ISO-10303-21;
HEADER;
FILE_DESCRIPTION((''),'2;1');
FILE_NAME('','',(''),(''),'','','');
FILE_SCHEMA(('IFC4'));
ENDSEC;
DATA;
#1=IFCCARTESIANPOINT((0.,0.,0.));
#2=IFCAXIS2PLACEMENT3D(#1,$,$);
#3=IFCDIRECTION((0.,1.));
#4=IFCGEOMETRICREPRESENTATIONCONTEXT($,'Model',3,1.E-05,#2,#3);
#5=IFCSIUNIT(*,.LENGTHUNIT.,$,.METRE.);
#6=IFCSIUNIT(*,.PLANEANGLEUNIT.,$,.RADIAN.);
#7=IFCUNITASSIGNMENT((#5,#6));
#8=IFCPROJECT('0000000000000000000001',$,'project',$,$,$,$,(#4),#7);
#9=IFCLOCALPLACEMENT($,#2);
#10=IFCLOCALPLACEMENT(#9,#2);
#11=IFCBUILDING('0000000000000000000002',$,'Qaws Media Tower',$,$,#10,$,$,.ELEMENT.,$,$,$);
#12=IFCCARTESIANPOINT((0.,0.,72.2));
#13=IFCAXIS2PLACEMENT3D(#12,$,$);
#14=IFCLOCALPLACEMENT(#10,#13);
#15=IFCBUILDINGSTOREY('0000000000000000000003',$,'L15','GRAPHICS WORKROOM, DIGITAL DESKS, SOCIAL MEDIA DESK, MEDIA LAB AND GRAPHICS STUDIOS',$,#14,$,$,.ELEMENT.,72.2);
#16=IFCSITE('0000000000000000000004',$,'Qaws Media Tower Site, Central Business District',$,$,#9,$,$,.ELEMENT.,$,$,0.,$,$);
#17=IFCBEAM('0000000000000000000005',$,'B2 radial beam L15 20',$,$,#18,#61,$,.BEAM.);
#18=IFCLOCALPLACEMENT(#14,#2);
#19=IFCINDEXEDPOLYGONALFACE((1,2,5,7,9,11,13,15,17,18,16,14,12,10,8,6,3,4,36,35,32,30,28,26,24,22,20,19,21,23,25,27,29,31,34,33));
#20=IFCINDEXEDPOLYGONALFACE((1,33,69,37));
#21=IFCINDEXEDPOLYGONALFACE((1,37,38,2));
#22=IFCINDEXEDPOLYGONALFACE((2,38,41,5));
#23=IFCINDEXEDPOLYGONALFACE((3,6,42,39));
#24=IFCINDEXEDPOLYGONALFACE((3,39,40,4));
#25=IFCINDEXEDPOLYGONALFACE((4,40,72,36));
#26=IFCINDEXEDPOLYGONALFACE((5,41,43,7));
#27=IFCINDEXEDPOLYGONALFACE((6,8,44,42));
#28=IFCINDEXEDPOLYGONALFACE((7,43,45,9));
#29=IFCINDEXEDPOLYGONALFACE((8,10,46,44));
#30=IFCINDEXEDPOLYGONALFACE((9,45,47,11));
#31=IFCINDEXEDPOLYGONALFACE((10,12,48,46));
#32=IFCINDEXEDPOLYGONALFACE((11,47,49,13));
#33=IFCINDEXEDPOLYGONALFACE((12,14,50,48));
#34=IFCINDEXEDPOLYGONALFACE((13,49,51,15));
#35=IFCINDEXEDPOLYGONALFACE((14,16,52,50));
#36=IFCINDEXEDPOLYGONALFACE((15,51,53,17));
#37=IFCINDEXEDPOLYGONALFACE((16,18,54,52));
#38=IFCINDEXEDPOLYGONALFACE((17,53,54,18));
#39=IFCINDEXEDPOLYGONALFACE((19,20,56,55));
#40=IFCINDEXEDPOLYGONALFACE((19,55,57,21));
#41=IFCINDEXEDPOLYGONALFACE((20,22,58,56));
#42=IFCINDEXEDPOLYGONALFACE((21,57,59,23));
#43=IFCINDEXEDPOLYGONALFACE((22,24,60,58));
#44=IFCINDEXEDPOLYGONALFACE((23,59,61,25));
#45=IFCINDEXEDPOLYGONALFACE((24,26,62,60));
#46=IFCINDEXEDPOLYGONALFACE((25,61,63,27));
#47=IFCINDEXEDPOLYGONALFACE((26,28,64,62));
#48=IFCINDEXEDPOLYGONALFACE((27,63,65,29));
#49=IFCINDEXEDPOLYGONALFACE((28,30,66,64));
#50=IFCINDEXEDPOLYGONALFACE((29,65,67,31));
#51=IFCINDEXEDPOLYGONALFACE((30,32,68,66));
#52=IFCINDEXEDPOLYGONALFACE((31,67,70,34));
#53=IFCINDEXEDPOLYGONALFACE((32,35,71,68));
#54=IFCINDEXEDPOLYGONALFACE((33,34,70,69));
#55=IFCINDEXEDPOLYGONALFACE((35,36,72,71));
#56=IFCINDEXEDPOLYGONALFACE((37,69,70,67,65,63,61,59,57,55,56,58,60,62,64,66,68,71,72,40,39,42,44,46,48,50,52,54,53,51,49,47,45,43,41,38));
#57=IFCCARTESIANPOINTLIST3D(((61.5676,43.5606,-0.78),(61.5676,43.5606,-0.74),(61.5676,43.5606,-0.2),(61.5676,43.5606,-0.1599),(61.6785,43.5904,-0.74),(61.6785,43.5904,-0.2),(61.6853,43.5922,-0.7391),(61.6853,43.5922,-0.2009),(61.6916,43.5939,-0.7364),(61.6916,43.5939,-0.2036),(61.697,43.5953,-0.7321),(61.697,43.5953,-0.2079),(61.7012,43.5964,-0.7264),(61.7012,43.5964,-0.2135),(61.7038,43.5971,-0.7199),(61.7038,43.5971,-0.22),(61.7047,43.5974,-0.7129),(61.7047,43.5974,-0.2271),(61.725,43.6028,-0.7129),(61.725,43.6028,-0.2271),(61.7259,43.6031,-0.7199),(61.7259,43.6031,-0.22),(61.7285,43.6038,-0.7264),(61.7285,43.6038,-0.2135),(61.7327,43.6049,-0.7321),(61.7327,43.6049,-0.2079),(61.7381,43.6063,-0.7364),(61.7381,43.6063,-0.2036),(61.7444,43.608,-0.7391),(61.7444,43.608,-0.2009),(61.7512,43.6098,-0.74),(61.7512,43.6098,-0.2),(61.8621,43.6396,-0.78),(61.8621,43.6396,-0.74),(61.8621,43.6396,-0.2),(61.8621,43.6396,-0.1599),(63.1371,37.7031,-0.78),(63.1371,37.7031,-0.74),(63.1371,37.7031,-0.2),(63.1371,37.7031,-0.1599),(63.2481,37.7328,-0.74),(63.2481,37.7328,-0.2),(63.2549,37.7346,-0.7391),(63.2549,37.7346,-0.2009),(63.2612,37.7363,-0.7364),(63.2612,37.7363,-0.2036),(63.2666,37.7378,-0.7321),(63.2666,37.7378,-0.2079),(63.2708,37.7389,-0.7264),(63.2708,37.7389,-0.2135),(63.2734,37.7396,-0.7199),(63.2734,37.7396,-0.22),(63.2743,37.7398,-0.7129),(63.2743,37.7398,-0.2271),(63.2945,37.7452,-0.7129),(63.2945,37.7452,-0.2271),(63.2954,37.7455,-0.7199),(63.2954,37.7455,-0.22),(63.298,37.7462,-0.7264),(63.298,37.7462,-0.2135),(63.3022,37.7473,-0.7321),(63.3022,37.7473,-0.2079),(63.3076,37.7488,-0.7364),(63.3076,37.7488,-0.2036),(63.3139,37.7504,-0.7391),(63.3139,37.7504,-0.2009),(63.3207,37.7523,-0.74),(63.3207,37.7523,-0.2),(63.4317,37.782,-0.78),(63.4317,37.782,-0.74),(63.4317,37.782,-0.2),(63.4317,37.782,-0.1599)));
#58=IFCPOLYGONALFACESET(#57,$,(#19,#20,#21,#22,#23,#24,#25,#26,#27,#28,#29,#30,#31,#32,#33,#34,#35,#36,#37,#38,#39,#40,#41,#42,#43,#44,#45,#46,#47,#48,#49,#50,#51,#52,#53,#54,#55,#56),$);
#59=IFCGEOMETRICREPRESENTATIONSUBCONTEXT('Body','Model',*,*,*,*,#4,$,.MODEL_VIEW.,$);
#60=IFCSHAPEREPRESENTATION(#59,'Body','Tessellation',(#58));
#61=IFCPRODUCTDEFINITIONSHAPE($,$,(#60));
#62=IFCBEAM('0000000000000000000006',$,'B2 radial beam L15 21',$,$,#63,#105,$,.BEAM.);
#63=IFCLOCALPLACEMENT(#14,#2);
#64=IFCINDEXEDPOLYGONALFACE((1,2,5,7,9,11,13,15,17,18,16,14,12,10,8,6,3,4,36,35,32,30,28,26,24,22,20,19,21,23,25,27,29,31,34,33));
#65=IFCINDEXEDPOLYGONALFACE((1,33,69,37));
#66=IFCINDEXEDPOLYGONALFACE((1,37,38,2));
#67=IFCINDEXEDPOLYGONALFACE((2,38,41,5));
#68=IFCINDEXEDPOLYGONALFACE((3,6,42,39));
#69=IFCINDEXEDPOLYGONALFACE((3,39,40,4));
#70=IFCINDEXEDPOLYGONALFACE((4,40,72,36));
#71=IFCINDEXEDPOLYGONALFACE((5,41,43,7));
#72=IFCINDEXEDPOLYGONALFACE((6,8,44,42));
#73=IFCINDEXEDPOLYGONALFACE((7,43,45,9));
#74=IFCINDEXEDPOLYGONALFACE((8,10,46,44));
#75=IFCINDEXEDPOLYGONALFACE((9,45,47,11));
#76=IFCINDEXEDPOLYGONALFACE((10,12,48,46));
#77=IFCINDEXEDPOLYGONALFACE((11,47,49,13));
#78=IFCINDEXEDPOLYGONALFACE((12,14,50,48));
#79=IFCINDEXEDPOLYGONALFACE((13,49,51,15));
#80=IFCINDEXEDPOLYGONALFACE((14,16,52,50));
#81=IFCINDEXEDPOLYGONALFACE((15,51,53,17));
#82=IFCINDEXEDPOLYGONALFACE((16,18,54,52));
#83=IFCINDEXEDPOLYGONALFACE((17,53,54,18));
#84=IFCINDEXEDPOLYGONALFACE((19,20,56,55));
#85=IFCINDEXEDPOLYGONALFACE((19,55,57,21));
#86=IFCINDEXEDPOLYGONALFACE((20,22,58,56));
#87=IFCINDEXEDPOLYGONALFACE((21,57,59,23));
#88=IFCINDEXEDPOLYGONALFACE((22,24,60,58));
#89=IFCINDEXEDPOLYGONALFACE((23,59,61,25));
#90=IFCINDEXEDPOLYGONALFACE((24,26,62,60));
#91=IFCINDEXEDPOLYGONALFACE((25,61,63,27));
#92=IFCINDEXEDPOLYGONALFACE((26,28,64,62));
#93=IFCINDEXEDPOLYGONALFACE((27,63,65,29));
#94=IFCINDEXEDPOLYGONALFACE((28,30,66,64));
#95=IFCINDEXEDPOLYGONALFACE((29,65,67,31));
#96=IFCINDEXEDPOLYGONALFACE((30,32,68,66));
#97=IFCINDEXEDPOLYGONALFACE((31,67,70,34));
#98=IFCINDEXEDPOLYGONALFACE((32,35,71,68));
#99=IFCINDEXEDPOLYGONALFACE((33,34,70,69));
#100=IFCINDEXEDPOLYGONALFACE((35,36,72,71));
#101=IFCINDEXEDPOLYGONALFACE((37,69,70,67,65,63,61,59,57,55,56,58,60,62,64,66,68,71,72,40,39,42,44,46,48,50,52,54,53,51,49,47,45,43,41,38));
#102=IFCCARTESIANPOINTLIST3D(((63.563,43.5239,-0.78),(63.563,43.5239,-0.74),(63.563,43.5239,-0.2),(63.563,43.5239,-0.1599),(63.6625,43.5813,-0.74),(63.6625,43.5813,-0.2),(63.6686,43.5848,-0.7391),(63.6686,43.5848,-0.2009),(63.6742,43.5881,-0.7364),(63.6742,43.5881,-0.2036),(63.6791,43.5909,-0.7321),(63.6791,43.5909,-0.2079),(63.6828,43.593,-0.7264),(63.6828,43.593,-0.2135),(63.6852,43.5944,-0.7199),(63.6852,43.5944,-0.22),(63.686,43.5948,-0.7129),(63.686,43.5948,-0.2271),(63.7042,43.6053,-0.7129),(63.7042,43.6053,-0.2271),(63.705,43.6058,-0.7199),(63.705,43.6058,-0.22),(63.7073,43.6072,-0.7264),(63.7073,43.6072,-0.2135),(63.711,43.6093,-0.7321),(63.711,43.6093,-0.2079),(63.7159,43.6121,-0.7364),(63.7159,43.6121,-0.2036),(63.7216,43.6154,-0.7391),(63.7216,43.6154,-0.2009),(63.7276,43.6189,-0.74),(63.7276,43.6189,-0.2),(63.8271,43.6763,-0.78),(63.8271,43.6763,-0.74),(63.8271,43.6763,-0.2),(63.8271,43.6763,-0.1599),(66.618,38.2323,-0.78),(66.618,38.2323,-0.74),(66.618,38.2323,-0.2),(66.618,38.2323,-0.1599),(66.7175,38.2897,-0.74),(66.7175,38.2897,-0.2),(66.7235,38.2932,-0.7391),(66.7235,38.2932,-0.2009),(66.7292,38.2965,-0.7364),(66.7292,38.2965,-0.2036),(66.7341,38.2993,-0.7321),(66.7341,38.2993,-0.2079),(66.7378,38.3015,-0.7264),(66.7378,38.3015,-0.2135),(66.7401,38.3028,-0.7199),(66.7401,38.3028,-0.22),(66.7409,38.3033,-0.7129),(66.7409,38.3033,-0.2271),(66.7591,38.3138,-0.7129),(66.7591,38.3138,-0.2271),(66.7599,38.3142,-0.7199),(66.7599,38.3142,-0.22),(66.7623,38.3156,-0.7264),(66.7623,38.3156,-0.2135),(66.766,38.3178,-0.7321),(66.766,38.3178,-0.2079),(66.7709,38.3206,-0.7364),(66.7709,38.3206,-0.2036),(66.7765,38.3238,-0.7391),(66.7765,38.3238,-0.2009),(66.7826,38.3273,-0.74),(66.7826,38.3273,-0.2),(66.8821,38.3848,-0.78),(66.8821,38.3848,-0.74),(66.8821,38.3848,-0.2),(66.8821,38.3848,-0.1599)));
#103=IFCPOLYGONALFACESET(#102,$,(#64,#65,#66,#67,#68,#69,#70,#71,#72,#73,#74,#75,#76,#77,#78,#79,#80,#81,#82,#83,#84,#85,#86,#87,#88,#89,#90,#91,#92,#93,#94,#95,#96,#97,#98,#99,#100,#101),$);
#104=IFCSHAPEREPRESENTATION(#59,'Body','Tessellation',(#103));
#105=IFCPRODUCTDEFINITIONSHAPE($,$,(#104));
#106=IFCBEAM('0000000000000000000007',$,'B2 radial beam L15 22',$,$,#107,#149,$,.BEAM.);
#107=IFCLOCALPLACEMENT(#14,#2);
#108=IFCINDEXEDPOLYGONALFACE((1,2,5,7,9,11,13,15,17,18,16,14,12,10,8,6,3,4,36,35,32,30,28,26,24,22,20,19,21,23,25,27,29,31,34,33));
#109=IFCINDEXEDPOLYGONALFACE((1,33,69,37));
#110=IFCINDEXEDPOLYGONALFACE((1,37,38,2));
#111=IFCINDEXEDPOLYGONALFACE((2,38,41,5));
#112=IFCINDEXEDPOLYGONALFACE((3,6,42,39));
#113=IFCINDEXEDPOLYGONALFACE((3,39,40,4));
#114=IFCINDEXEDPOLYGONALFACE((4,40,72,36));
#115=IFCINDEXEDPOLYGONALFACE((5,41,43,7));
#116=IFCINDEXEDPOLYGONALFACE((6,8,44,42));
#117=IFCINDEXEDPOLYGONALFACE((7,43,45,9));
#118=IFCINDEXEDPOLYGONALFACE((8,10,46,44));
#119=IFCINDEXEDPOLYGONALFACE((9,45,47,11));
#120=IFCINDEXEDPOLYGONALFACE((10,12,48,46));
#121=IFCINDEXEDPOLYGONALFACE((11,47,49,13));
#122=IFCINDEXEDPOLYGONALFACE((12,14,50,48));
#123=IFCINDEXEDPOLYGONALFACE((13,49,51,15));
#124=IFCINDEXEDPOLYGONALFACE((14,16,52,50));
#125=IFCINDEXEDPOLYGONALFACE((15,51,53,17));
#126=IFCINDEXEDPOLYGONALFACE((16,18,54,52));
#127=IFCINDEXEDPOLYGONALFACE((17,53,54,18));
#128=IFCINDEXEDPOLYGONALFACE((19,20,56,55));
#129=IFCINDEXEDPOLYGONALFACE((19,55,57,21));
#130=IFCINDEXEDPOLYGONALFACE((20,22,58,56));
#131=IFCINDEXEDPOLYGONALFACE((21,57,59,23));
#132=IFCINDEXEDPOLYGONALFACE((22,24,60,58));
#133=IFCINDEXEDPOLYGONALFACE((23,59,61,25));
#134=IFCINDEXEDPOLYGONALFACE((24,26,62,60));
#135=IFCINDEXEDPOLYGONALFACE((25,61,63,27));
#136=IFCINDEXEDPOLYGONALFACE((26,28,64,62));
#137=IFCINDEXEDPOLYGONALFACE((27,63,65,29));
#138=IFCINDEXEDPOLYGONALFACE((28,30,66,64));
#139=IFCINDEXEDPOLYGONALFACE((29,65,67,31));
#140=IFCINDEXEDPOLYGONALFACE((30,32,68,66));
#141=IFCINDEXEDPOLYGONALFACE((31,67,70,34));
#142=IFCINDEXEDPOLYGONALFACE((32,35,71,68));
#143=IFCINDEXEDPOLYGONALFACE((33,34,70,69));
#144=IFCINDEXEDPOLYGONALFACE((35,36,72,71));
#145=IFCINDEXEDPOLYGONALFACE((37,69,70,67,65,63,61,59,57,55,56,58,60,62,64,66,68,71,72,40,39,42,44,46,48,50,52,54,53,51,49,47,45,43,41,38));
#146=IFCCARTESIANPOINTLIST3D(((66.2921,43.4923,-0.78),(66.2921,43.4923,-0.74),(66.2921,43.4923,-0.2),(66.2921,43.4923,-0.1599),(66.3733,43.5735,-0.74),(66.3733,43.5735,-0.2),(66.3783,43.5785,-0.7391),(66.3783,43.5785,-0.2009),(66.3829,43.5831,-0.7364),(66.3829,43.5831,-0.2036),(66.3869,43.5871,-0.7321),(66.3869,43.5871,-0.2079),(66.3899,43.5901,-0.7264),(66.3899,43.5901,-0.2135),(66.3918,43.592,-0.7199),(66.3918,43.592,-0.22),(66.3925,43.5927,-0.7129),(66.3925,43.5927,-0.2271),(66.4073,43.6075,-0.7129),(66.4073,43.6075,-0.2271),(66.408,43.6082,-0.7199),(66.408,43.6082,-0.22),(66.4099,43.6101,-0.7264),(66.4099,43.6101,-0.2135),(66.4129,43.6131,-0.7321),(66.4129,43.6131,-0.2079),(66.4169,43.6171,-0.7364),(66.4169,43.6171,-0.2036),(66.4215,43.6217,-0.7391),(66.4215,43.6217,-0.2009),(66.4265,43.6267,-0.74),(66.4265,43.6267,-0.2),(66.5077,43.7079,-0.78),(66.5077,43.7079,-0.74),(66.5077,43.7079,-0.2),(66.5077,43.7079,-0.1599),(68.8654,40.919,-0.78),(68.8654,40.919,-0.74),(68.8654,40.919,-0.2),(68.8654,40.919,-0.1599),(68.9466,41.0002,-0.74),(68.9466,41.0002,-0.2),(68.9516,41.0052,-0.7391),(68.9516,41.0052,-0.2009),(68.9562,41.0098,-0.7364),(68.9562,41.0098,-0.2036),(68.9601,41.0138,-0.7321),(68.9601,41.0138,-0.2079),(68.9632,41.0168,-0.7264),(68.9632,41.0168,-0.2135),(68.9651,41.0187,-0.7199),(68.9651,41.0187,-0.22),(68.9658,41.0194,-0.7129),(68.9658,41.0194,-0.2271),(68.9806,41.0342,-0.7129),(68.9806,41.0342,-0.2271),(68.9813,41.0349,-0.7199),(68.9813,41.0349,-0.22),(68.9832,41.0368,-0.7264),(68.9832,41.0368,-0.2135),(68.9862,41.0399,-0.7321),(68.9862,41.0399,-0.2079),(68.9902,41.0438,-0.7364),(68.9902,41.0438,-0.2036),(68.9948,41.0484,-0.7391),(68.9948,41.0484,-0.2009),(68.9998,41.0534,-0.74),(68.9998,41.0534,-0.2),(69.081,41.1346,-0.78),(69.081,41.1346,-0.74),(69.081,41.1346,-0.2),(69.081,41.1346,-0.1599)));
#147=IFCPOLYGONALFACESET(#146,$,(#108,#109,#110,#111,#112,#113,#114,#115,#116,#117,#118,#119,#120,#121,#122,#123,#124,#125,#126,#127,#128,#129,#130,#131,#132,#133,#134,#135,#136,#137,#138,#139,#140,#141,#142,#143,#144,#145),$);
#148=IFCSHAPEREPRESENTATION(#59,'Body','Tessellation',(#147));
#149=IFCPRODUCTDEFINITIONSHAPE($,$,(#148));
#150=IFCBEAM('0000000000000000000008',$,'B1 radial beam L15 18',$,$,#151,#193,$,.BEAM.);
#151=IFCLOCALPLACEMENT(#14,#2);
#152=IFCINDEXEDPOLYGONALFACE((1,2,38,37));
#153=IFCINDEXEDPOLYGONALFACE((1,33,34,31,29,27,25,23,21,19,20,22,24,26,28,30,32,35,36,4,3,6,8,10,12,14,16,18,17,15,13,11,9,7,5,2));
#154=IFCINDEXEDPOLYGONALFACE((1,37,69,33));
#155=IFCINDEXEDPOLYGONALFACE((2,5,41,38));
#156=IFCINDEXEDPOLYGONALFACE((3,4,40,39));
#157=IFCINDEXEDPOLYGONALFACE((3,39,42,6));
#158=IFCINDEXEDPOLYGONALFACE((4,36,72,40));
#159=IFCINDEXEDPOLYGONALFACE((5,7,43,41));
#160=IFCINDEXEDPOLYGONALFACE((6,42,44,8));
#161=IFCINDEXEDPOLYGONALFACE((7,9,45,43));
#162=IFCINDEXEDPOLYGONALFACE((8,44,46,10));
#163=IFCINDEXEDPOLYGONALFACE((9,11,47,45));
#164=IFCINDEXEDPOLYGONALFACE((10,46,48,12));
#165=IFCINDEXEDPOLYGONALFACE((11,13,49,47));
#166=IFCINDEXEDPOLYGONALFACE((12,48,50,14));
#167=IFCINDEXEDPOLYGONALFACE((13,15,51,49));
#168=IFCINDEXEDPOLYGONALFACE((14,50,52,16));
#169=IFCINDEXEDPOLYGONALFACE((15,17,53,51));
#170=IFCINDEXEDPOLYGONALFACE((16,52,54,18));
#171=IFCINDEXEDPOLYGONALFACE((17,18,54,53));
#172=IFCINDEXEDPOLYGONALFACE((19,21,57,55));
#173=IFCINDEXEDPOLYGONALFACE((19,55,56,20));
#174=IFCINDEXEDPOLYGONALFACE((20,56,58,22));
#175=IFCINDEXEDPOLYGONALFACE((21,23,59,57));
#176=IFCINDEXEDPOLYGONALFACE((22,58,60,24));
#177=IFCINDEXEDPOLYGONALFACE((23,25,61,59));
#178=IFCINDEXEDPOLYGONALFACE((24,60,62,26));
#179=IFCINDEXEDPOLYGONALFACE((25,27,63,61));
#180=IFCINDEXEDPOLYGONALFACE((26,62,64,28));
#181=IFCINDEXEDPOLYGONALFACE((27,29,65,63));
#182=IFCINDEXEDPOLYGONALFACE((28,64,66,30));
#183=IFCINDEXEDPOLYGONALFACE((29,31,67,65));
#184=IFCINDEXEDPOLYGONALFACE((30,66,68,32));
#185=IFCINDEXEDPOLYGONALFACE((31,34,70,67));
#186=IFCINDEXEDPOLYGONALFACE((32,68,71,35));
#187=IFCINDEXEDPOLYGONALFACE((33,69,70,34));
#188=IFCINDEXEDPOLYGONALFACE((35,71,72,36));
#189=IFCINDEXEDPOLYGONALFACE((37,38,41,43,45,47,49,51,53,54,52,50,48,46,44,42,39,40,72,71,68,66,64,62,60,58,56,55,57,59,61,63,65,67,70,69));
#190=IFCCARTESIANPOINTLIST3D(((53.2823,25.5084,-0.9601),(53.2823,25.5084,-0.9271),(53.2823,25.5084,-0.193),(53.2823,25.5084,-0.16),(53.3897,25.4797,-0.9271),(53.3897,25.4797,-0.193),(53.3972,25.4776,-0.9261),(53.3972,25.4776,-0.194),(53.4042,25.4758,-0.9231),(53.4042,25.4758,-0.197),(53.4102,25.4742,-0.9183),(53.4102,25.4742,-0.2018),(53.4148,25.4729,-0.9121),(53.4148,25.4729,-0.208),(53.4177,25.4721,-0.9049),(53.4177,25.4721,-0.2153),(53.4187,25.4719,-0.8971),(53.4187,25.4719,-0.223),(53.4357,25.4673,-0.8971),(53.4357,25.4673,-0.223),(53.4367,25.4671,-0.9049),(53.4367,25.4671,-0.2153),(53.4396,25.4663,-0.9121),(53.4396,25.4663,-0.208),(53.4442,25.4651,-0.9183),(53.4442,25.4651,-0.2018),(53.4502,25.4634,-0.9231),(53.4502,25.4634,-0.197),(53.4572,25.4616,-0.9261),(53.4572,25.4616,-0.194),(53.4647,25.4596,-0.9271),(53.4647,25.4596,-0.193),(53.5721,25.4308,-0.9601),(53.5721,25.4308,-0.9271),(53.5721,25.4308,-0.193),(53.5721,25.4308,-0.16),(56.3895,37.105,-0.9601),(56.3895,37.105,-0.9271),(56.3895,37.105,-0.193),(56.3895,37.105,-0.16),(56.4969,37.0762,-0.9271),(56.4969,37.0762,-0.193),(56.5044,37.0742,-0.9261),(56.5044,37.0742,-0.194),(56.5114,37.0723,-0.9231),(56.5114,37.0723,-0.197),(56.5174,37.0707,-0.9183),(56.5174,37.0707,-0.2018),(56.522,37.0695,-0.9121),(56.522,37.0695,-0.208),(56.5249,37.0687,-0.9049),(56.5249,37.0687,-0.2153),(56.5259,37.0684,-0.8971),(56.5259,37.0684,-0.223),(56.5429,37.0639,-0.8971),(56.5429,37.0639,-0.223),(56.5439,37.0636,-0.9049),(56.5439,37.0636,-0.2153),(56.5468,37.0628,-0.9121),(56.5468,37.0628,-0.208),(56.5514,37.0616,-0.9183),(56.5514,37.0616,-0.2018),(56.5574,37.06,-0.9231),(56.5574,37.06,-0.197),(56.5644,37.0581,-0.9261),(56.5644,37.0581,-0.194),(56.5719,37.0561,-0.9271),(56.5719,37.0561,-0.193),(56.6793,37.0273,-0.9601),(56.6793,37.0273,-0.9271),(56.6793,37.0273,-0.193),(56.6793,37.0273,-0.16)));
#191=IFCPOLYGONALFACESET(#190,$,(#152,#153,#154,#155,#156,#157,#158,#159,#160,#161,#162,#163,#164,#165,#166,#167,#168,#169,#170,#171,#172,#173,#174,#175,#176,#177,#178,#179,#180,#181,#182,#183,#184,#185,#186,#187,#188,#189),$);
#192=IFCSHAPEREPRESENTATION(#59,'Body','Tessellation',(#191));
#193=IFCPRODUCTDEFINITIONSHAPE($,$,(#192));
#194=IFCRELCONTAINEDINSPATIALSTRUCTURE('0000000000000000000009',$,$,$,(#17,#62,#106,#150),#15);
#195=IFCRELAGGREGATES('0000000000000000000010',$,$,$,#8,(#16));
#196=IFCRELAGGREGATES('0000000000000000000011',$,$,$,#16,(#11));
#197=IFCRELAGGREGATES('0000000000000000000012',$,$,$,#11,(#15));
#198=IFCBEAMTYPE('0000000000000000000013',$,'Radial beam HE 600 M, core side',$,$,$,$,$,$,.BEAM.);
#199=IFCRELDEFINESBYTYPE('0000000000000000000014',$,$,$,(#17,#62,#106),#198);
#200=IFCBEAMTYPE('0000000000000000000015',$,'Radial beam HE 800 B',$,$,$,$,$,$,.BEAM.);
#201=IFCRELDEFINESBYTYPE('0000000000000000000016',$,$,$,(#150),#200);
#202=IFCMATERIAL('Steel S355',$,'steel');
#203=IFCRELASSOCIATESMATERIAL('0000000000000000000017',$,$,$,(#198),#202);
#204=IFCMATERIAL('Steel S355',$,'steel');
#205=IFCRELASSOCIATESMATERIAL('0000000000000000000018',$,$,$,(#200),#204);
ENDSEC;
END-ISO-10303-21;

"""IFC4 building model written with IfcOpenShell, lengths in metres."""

from ifc_helpers import new_model, si_unit, direction, frame, origin, origin_2d, place, context, subcontext, project, spatial, i_section, extrude, material, material_profile, profile_set, type_object, element, save


model = new_model("IFC4")

# Units and contexts
model_context = context("Model", 3, precision=1e-05, world=origin(), true_north=direction((0.0, 1.0)))
body_context = subcontext(model_context, "Body", "Model", "MODEL_VIEW")
ifc_project = project(units=[si_unit("LENGTHUNIT", "METRE"), si_unit("PLANEANGLEUNIT", "RADIAN")], contexts=[model_context])

# Site, building, storey
site_placement = place(None, origin())
site = spatial("IfcSite", under=ifc_project, at=site_placement, Name="Qaws Media Tower Site, Central Business District", CompositionType="ELEMENT", RefElevation=0.0)
building_placement = place(site_placement, origin())
building = spatial("IfcBuilding", under=site, at=building_placement, Name="Qaws Media Tower", CompositionType="ELEMENT")
storey_placement = place(building_placement, frame((0.0, 0.0, 72.2)))
storey = spatial("IfcBuildingStorey", under=building, at=storey_placement, Name="L15", Description="GRAPHICS WORKROOM, DIGITAL DESKS, SOCIAL MEDIA DESK, MEDIA LAB AND GRAPHICS STUDIOS", CompositionType="ELEMENT", Elevation=72.2)

# Beams
ifc_material_1 = material(Name="Steel S355", Category="steel")
ifc_material_profile_1 = material_profile(ifc_material_1, i_section(OverallWidth=0.3049, OverallDepth=0.6201, WebThickness=0.021, FlangeThickness=0.04, FilletRadius=0.0271, at=origin_2d()), Name="HE 600 M")
ifc_profile_set_1 = profile_set([ifc_material_profile_1], Name="Steel S355")
beam_type_1 = type_object("IfcBeamType", Name="Radial beam HE 600 M, core side", PredefinedType="BEAM", material=ifc_profile_set_1)
beam_1_placement = place(storey_placement, frame((61.7148, 43.6001, -0.47), z_axis=(0.258823, -0.965925, 0.0), x_axis=(0.965925, 0.258823, 0.0)))
element("IfcBeam", 1, at=beam_1_placement, inside=storey, type_object=beam_type_1, Name="B2 radial beam L15 20", PredefinedType="BEAM", context=body_context, shape_type="SweptSolid", body=[
    extrude(i_section(OverallWidth=0.3049, OverallDepth=0.6201, WebThickness=0.021, FlangeThickness=0.04, FilletRadius=0.0271, at=origin_2d()), origin(), (0.0, 0.0, 1.0), 6.0642),
])
beam_2_placement = place(storey_placement, frame((63.6951, 43.6001, -0.47), z_axis=(0.499985, -0.866034, 0.0), x_axis=(0.866034, 0.499985, 0.0)))
element("IfcBeam", 2, at=beam_2_placement, inside=storey, type_object=beam_type_1, Name="B2 radial beam L15 21", PredefinedType="BEAM", context=body_context, shape_type="SweptSolid", body=[
    extrude(i_section(OverallWidth=0.3049, OverallDepth=0.6201, WebThickness=0.021, FlangeThickness=0.04, FilletRadius=0.0271, at=origin_2d()), origin(), (0.0, 0.0, 1.0), 6.1101),
])
beam_3_placement = place(storey_placement, frame((66.3999, 43.6001, -0.47), z_axis=(0.707107, -0.707107, 0.0), x_axis=(0.707107, 0.707107, 0.0)))
element("IfcBeam", 3, at=beam_3_placement, inside=storey, type_object=beam_type_1, Name="B2 radial beam L15 22", PredefinedType="BEAM", context=body_context, shape_type="SweptSolid", body=[
    extrude(i_section(OverallWidth=0.3049, OverallDepth=0.6201, WebThickness=0.021, FlangeThickness=0.04, FilletRadius=0.0271, at=origin_2d()), origin(), (0.0, 0.0, 1.0), 3.6392),
])
ifc_material_2 = material(Name="Steel S355", Category="steel")
ifc_material_profile_2 = material_profile(ifc_material_2, i_section(OverallWidth=0.3, OverallDepth=0.8, WebThickness=0.0176, FlangeThickness=0.033, FilletRadius=0.03, at=origin_2d()), Name="HE 800 B")
ifc_profile_set_2 = profile_set([ifc_material_profile_2], Name="Steel S355")
beam_type_2 = type_object("IfcBeamType", Name="Radial beam HE 800 B", PredefinedType="BEAM", material=ifc_profile_set_2)
beam_4_placement = place(storey_placement, frame((56.5344, 37.0662, -0.5601), z_axis=(-0.258813, -0.965927, 0.0), x_axis=(0.965927, -0.258813, 0.0)))
element("IfcBeam", 4, at=beam_4_placement, inside=storey, type_object=beam_type_2, Name="B1 radial beam L15 18", PredefinedType="BEAM", context=body_context, shape_type="SweptSolid", body=[
    extrude(i_section(OverallWidth=0.3, OverallDepth=0.8, WebThickness=0.0176, FlangeThickness=0.033, FilletRadius=0.03, at=origin_2d()), origin(), (0.0, 0.0, 1.0), 12.0056),
])

save(model, "model.ifc")
